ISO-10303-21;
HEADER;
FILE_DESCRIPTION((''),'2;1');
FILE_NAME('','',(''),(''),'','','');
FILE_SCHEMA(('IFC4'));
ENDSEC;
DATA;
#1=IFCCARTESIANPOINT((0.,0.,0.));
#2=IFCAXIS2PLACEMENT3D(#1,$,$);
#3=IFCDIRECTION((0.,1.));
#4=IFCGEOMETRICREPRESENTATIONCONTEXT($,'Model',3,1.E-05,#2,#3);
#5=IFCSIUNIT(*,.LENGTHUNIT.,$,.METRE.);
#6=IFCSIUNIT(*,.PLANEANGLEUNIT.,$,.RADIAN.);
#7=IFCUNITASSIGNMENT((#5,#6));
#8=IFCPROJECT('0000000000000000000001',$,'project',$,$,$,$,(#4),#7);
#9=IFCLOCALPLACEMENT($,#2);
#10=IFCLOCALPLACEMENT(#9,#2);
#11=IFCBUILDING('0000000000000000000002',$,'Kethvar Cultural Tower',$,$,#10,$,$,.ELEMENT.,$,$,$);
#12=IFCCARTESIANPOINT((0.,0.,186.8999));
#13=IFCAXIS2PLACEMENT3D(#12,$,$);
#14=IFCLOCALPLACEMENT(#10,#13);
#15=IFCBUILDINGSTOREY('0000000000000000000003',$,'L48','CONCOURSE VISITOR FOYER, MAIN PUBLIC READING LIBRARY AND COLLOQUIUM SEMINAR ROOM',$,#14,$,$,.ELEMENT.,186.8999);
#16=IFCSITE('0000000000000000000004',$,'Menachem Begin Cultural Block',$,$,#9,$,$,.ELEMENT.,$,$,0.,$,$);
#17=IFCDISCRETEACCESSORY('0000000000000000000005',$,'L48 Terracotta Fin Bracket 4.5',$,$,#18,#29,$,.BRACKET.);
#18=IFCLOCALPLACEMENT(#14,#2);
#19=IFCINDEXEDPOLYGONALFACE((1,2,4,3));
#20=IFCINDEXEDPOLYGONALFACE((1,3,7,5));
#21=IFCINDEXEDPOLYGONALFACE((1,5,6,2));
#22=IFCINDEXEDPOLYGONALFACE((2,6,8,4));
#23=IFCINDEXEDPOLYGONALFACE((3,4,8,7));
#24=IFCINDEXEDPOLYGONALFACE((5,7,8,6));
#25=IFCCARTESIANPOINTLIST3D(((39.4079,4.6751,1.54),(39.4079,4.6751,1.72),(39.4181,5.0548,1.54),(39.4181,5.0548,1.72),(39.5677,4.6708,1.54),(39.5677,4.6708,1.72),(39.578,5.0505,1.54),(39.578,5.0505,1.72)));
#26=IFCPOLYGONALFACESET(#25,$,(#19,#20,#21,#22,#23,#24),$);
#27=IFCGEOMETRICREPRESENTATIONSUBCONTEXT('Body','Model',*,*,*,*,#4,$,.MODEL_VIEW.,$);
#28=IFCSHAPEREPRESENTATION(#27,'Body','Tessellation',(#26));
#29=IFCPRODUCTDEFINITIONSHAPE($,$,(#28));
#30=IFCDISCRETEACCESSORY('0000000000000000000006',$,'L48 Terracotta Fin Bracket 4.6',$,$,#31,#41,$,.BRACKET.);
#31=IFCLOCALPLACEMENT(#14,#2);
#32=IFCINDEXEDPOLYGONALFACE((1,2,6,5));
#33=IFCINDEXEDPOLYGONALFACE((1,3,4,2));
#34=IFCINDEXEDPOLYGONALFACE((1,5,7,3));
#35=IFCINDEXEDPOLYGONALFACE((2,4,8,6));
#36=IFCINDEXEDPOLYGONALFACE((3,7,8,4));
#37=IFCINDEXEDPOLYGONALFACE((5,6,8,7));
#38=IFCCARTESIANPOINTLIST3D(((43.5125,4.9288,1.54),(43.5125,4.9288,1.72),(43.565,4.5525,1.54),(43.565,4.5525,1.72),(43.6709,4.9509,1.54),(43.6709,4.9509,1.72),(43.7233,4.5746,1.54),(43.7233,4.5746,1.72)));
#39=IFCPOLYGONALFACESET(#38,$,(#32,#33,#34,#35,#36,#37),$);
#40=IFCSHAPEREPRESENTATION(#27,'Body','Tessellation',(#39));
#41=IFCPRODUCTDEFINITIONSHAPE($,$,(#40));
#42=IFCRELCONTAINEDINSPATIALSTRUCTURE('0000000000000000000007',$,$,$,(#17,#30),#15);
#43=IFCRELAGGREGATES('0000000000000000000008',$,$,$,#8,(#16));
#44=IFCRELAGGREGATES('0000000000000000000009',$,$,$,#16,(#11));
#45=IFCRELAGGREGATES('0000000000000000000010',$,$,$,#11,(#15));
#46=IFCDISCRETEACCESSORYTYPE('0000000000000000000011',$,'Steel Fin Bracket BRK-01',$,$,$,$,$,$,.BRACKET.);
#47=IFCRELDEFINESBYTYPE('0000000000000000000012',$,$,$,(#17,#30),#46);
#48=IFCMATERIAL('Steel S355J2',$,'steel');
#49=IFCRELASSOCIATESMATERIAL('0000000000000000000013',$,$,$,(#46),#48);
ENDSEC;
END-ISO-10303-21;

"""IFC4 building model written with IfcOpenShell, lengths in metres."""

from ifc_helpers import new_model, si_unit, direction, frame, origin, origin_2d, place, context, subcontext, project, spatial, rectangle, extrude, source, transform, mapped, material, type_object, element, save


model = new_model("IFC4")

# Units and contexts
model_context = context("Model", 3, precision=1e-05, world=origin(), true_north=direction((0.0, 1.0)))
body_context = subcontext(model_context, "Body", "Model", "MODEL_VIEW")
ifc_project = project(units=[si_unit("LENGTHUNIT", "METRE"), si_unit("PLANEANGLEUNIT", "RADIAN")], contexts=[model_context])

# Site, building, storey
site_placement = place(None, origin())
site = spatial("IfcSite", under=ifc_project, at=site_placement, Name="Menachem Begin Cultural Block", CompositionType="ELEMENT", RefElevation=0.0)
building_placement = place(site_placement, origin())
building = spatial("IfcBuilding", under=site, at=building_placement, Name="Kethvar Cultural Tower", CompositionType="ELEMENT")
storey_placement = place(building_placement, frame((0.0, 0.0, 186.8999)))
storey = spatial("IfcBuildingStorey", under=building, at=storey_placement, Name="L48", Description="CONCOURSE VISITOR FOYER, MAIN PUBLIC READING LIBRARY AND COLLOQUIUM SEMINAR ROOM", CompositionType="ELEMENT", Elevation=186.8999)

# Shared definitions
ifc_material_1 = material(Name="Steel S355J2", Category="steel")

# Discrete accessories
discrete_accessory_type = type_object("IfcDiscreteAccessoryType", Name="Steel Fin Bracket BRK-01", PredefinedType="BRACKET", material=ifc_material_1)
shared_shape_1 = source(origin(), body_context, "Body", "SweptSolid", [
    extrude(rectangle(XDim=0.3799, YDim=0.1599, at=origin_2d()), origin(), (0.0, 0.0, 1.0), 0.1799),
])
for number, where, z_axis, x_axis, name in (
    (1, (39.4929, 4.8628, 1.54), (0.0, 0.0, 1.0), (-0.026875, -0.999639, 0.0), "L48 Terracotta Fin Bracket 4.5"),
    (2, (43.6179, 4.7517, 1.54), (0.0, 0.0, 1.0), (0.138136, -0.990413, 0.0), "L48 Terracotta Fin Bracket 4.6"),
):
    element("IfcDiscreteAccessory", number, at=place(storey_placement, frame(where, z_axis=z_axis, x_axis=x_axis)), inside=storey, type_object=discrete_accessory_type, Name=name, PredefinedType="BRACKET", context=body_context, shape_type="MappedRepresentation", body=[
        mapped(shared_shape_1, transform((0.0, 0.0, 0.0), scale=1.0)),
    ])

save(model, "model.ifc")
